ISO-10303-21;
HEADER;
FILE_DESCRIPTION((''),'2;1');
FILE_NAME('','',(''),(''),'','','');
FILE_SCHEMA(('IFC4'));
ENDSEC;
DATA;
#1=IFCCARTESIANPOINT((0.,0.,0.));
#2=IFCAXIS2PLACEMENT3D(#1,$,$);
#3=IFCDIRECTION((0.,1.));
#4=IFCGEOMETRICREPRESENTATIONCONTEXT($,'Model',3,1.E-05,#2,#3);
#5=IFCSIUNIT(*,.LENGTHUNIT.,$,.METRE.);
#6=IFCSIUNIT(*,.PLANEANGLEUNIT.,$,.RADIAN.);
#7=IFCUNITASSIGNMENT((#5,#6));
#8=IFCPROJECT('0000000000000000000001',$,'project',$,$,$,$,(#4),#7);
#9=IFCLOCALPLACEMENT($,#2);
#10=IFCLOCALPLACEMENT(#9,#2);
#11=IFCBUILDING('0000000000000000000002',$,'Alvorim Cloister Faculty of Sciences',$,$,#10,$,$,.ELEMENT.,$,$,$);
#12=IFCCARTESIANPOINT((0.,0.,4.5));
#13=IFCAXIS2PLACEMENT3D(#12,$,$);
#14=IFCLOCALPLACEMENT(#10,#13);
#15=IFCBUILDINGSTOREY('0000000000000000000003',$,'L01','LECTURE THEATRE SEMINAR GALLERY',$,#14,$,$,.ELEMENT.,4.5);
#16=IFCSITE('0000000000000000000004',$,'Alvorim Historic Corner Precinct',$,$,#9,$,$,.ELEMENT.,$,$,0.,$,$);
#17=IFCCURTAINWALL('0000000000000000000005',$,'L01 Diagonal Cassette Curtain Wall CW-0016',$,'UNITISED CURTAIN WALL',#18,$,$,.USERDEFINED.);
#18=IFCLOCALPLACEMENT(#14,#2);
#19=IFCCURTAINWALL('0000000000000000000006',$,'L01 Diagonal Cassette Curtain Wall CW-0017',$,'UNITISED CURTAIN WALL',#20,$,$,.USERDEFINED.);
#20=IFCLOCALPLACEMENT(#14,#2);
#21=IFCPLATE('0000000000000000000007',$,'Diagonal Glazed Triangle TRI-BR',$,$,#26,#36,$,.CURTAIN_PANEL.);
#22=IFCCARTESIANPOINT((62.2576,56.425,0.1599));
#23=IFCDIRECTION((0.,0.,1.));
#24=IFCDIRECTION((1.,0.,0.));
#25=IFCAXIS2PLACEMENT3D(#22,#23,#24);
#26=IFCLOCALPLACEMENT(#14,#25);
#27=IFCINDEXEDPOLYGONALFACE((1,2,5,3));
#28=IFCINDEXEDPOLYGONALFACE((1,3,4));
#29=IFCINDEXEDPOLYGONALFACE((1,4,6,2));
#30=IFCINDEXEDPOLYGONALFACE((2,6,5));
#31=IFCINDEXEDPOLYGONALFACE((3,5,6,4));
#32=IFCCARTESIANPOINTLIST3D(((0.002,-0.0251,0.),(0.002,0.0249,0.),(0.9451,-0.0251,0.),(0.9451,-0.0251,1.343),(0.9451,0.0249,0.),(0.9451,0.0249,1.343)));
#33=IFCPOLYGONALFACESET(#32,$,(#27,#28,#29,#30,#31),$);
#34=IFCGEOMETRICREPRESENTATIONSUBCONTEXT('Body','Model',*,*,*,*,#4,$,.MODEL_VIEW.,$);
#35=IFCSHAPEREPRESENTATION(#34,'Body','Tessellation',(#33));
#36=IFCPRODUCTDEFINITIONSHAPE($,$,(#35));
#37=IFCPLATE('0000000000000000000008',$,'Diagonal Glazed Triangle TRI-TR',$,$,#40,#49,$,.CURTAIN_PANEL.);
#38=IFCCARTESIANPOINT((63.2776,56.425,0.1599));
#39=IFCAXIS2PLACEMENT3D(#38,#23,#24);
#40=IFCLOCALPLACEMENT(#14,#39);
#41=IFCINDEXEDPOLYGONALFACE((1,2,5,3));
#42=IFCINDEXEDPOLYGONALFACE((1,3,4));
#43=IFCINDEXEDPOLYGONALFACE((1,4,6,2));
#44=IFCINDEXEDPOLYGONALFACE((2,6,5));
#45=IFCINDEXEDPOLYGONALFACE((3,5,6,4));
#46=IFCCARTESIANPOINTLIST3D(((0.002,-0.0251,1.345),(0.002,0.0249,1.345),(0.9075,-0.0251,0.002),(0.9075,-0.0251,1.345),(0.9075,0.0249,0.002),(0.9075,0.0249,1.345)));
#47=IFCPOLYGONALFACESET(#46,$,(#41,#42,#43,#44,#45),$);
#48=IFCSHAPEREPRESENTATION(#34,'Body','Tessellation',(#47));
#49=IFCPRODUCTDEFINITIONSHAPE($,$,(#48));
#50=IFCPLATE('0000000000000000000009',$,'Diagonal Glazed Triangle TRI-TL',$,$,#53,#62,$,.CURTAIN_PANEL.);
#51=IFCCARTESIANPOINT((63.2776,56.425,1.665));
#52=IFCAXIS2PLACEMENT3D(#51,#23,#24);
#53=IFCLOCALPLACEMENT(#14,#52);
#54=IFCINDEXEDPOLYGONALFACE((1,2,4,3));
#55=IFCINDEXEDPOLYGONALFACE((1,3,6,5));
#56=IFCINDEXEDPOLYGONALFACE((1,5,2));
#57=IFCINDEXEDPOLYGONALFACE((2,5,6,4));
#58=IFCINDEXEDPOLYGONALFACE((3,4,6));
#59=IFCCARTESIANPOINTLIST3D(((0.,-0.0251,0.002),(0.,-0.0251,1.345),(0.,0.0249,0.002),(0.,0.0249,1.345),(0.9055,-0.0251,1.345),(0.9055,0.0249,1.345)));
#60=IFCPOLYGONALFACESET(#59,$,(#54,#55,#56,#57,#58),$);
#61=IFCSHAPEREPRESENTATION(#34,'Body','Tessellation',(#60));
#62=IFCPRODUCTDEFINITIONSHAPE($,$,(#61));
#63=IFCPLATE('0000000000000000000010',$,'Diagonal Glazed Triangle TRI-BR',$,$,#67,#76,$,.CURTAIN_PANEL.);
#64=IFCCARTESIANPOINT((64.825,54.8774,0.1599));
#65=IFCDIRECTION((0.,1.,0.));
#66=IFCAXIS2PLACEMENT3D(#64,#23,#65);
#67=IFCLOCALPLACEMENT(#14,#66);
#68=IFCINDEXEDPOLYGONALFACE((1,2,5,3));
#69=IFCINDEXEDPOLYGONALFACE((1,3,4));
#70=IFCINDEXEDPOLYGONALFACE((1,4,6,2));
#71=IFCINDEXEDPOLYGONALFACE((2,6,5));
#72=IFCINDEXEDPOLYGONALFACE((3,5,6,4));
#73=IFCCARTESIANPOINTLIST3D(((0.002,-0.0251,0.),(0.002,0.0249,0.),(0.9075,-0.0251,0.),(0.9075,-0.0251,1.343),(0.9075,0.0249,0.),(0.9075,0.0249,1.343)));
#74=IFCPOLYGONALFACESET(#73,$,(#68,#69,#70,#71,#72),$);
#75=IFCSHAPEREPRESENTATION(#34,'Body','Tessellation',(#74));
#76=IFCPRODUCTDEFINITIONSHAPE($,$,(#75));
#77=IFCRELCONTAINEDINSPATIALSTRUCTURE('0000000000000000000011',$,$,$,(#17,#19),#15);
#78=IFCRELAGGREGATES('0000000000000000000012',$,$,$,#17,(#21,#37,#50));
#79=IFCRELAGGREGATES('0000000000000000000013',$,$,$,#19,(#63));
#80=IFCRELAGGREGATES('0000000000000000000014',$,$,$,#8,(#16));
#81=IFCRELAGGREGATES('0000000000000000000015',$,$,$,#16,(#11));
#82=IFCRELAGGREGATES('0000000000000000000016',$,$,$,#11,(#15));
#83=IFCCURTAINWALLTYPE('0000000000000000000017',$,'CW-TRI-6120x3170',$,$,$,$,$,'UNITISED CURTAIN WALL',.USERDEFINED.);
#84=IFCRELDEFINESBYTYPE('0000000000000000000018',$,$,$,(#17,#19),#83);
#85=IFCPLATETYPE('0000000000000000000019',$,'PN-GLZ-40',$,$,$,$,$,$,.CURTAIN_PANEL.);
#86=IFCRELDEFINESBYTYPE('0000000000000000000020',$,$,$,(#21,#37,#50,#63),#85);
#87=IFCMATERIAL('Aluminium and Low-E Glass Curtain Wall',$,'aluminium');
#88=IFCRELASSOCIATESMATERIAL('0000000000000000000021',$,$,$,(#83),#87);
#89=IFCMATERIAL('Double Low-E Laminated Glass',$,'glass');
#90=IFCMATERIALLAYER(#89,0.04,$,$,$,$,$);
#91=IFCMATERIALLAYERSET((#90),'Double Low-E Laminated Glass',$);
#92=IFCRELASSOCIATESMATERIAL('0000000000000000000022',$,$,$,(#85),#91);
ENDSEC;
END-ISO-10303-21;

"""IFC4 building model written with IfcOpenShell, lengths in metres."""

from ifc_helpers import new_model, si_unit, direction, frame, origin, place, context, subcontext, project, spatial, polyline, outline, extrude, material, layer, layer_set, type_object, element, aggregate, save


model = new_model("IFC4")

# Units and contexts
model_context = context("Model", 3, precision=1e-05, world=origin(), true_north=direction((0.0, 1.0)))
body_context = subcontext(model_context, "Body", "Model", "MODEL_VIEW")
ifc_project = project(units=[si_unit("LENGTHUNIT", "METRE"), si_unit("PLANEANGLEUNIT", "RADIAN")], contexts=[model_context])

# Site, building, storey
site_placement = place(None, origin())
site = spatial("IfcSite", under=ifc_project, at=site_placement, Name="Alvorim Historic Corner Precinct", CompositionType="ELEMENT", RefElevation=0.0)
building_placement = place(site_placement, origin())
building = spatial("IfcBuilding", under=site, at=building_placement, Name="Alvorim Cloister Faculty of Sciences", CompositionType="ELEMENT")
storey_placement = place(building_placement, frame((0.0, 0.0, 4.5)))
storey = spatial("IfcBuildingStorey", under=building, at=storey_placement, Name="L01", Description="LECTURE THEATRE SEMINAR GALLERY", CompositionType="ELEMENT", Elevation=4.5)

# Curtain wall
ifc_material_1 = material(Name="Aluminium and Low-E Glass Curtain Wall", Category="aluminium")
curtain_wall_type = type_object("IfcCurtainWallType", Name="CW-TRI-6120x3170", ElementType="UNITISED CURTAIN WALL", PredefinedType="USERDEFINED", material=ifc_material_1)
curtain_wall_1_placement = place(storey_placement, origin())
curtain_wall_1 = element("IfcCurtainWall", 1, at=curtain_wall_1_placement, inside=storey, type_object=curtain_wall_type, Name="L01 Diagonal Cassette Curtain Wall CW-0016", ObjectType="UNITISED CURTAIN WALL", PredefinedType="USERDEFINED")

# Curtain wall
curtain_wall_2_placement = place(storey_placement, origin())
curtain_wall_2 = element("IfcCurtainWall", 2, at=curtain_wall_2_placement, inside=storey, type_object=curtain_wall_type, Name="L01 Diagonal Cassette Curtain Wall CW-0017", ObjectType="UNITISED CURTAIN WALL", PredefinedType="USERDEFINED")

# Plates
ifc_material_2 = material(Name="Double Low-E Laminated Glass", Category="glass")
ifc_layer = layer(ifc_material_2, 0.04)
ifc_layer_set = layer_set([ifc_layer], Name="Double Low-E Laminated Glass")
plate_type = type_object("IfcPlateType", Name="PN-GLZ-40", PredefinedType="CURTAIN_PANEL", material=ifc_layer_set)
plate_1_placement = place(storey_placement, frame((62.2576, 56.425, 0.1599), z_axis=(0.0, 0.0, 1.0), x_axis=(1.0, 0.0, 0.0)))
plate_1 = element("IfcPlate", 3, at=plate_1_placement, type_object=plate_type, Name="Diagonal Glazed Triangle TRI-BR", PredefinedType="CURTAIN_PANEL", context=body_context, shape_type="SweptSolid", body=[
    extrude(outline(polyline([(0.002, 0.0), (0.9451, 0.0), (0.9451, 1.343), (0.002, 0.0)])), frame((0.0, 0.0249, 0.0), z_axis=(0.0, -1.0, 0.0), x_axis=(1.0, 0.0, 0.0)), (0.0, 0.0, 1.0), 0.05),
])
plate_2_placement = place(storey_placement, frame((63.2776, 56.425, 0.1599), z_axis=(0.0, 0.0, 1.0), x_axis=(1.0, 0.0, 0.0)))
plate_2 = element("IfcPlate", 4, at=plate_2_placement, type_object=plate_type, Name="Diagonal Glazed Triangle TRI-TR", PredefinedType="CURTAIN_PANEL", context=body_context, shape_type="SweptSolid", body=[
    extrude(outline(polyline([(0.9075, 0.002), (0.9075, 1.345), (0.002, 1.345), (0.9075, 0.002)])), frame((0.0, 0.0249, 0.0), z_axis=(0.0, -1.0, 0.0), x_axis=(1.0, 0.0, 0.0)), (0.0, 0.0, 1.0), 0.05),
])
plate_3_placement = place(storey_placement, frame((63.2776, 56.425, 1.665), z_axis=(0.0, 0.0, 1.0), x_axis=(1.0, 0.0, 0.0)))
plate_3 = element("IfcPlate", 5, at=plate_3_placement, type_object=plate_type, Name="Diagonal Glazed Triangle TRI-TL", PredefinedType="CURTAIN_PANEL", context=body_context, shape_type="SweptSolid", body=[
    extrude(outline(polyline([(0.9055, 1.345), (0.0, 1.345), (0.0, 0.002), (0.9055, 1.345)])), frame((0.0, 0.0249, 0.0), z_axis=(0.0, -1.0, 0.0), x_axis=(1.0, 0.0, 0.0)), (0.0, 0.0, 1.0), 0.05),
])
aggregate(curtain_wall_1, [plate_1, plate_2, plate_3])
plate_4_placement = place(storey_placement, frame((64.825, 54.8774, 0.1599), z_axis=(0.0, 0.0, 1.0), x_axis=(0.0, 1.0, 0.0)))
plate_4 = element("IfcPlate", 6, at=plate_4_placement, type_object=plate_type, Name="Diagonal Glazed Triangle TRI-BR", PredefinedType="CURTAIN_PANEL", context=body_context, shape_type="SweptSolid", body=[
    extrude(outline(polyline([(0.002, 0.0), (0.9075, 0.0), (0.9075, 1.343), (0.002, 0.0)])), frame((0.0, 0.0249, 0.0), z_axis=(0.0, -1.0, 0.0), x_axis=(1.0, 0.0, 0.0)), (0.0, 0.0, 1.0), 0.05),
])
aggregate(curtain_wall_2, [plate_4])

save(model, "model.ifc")
